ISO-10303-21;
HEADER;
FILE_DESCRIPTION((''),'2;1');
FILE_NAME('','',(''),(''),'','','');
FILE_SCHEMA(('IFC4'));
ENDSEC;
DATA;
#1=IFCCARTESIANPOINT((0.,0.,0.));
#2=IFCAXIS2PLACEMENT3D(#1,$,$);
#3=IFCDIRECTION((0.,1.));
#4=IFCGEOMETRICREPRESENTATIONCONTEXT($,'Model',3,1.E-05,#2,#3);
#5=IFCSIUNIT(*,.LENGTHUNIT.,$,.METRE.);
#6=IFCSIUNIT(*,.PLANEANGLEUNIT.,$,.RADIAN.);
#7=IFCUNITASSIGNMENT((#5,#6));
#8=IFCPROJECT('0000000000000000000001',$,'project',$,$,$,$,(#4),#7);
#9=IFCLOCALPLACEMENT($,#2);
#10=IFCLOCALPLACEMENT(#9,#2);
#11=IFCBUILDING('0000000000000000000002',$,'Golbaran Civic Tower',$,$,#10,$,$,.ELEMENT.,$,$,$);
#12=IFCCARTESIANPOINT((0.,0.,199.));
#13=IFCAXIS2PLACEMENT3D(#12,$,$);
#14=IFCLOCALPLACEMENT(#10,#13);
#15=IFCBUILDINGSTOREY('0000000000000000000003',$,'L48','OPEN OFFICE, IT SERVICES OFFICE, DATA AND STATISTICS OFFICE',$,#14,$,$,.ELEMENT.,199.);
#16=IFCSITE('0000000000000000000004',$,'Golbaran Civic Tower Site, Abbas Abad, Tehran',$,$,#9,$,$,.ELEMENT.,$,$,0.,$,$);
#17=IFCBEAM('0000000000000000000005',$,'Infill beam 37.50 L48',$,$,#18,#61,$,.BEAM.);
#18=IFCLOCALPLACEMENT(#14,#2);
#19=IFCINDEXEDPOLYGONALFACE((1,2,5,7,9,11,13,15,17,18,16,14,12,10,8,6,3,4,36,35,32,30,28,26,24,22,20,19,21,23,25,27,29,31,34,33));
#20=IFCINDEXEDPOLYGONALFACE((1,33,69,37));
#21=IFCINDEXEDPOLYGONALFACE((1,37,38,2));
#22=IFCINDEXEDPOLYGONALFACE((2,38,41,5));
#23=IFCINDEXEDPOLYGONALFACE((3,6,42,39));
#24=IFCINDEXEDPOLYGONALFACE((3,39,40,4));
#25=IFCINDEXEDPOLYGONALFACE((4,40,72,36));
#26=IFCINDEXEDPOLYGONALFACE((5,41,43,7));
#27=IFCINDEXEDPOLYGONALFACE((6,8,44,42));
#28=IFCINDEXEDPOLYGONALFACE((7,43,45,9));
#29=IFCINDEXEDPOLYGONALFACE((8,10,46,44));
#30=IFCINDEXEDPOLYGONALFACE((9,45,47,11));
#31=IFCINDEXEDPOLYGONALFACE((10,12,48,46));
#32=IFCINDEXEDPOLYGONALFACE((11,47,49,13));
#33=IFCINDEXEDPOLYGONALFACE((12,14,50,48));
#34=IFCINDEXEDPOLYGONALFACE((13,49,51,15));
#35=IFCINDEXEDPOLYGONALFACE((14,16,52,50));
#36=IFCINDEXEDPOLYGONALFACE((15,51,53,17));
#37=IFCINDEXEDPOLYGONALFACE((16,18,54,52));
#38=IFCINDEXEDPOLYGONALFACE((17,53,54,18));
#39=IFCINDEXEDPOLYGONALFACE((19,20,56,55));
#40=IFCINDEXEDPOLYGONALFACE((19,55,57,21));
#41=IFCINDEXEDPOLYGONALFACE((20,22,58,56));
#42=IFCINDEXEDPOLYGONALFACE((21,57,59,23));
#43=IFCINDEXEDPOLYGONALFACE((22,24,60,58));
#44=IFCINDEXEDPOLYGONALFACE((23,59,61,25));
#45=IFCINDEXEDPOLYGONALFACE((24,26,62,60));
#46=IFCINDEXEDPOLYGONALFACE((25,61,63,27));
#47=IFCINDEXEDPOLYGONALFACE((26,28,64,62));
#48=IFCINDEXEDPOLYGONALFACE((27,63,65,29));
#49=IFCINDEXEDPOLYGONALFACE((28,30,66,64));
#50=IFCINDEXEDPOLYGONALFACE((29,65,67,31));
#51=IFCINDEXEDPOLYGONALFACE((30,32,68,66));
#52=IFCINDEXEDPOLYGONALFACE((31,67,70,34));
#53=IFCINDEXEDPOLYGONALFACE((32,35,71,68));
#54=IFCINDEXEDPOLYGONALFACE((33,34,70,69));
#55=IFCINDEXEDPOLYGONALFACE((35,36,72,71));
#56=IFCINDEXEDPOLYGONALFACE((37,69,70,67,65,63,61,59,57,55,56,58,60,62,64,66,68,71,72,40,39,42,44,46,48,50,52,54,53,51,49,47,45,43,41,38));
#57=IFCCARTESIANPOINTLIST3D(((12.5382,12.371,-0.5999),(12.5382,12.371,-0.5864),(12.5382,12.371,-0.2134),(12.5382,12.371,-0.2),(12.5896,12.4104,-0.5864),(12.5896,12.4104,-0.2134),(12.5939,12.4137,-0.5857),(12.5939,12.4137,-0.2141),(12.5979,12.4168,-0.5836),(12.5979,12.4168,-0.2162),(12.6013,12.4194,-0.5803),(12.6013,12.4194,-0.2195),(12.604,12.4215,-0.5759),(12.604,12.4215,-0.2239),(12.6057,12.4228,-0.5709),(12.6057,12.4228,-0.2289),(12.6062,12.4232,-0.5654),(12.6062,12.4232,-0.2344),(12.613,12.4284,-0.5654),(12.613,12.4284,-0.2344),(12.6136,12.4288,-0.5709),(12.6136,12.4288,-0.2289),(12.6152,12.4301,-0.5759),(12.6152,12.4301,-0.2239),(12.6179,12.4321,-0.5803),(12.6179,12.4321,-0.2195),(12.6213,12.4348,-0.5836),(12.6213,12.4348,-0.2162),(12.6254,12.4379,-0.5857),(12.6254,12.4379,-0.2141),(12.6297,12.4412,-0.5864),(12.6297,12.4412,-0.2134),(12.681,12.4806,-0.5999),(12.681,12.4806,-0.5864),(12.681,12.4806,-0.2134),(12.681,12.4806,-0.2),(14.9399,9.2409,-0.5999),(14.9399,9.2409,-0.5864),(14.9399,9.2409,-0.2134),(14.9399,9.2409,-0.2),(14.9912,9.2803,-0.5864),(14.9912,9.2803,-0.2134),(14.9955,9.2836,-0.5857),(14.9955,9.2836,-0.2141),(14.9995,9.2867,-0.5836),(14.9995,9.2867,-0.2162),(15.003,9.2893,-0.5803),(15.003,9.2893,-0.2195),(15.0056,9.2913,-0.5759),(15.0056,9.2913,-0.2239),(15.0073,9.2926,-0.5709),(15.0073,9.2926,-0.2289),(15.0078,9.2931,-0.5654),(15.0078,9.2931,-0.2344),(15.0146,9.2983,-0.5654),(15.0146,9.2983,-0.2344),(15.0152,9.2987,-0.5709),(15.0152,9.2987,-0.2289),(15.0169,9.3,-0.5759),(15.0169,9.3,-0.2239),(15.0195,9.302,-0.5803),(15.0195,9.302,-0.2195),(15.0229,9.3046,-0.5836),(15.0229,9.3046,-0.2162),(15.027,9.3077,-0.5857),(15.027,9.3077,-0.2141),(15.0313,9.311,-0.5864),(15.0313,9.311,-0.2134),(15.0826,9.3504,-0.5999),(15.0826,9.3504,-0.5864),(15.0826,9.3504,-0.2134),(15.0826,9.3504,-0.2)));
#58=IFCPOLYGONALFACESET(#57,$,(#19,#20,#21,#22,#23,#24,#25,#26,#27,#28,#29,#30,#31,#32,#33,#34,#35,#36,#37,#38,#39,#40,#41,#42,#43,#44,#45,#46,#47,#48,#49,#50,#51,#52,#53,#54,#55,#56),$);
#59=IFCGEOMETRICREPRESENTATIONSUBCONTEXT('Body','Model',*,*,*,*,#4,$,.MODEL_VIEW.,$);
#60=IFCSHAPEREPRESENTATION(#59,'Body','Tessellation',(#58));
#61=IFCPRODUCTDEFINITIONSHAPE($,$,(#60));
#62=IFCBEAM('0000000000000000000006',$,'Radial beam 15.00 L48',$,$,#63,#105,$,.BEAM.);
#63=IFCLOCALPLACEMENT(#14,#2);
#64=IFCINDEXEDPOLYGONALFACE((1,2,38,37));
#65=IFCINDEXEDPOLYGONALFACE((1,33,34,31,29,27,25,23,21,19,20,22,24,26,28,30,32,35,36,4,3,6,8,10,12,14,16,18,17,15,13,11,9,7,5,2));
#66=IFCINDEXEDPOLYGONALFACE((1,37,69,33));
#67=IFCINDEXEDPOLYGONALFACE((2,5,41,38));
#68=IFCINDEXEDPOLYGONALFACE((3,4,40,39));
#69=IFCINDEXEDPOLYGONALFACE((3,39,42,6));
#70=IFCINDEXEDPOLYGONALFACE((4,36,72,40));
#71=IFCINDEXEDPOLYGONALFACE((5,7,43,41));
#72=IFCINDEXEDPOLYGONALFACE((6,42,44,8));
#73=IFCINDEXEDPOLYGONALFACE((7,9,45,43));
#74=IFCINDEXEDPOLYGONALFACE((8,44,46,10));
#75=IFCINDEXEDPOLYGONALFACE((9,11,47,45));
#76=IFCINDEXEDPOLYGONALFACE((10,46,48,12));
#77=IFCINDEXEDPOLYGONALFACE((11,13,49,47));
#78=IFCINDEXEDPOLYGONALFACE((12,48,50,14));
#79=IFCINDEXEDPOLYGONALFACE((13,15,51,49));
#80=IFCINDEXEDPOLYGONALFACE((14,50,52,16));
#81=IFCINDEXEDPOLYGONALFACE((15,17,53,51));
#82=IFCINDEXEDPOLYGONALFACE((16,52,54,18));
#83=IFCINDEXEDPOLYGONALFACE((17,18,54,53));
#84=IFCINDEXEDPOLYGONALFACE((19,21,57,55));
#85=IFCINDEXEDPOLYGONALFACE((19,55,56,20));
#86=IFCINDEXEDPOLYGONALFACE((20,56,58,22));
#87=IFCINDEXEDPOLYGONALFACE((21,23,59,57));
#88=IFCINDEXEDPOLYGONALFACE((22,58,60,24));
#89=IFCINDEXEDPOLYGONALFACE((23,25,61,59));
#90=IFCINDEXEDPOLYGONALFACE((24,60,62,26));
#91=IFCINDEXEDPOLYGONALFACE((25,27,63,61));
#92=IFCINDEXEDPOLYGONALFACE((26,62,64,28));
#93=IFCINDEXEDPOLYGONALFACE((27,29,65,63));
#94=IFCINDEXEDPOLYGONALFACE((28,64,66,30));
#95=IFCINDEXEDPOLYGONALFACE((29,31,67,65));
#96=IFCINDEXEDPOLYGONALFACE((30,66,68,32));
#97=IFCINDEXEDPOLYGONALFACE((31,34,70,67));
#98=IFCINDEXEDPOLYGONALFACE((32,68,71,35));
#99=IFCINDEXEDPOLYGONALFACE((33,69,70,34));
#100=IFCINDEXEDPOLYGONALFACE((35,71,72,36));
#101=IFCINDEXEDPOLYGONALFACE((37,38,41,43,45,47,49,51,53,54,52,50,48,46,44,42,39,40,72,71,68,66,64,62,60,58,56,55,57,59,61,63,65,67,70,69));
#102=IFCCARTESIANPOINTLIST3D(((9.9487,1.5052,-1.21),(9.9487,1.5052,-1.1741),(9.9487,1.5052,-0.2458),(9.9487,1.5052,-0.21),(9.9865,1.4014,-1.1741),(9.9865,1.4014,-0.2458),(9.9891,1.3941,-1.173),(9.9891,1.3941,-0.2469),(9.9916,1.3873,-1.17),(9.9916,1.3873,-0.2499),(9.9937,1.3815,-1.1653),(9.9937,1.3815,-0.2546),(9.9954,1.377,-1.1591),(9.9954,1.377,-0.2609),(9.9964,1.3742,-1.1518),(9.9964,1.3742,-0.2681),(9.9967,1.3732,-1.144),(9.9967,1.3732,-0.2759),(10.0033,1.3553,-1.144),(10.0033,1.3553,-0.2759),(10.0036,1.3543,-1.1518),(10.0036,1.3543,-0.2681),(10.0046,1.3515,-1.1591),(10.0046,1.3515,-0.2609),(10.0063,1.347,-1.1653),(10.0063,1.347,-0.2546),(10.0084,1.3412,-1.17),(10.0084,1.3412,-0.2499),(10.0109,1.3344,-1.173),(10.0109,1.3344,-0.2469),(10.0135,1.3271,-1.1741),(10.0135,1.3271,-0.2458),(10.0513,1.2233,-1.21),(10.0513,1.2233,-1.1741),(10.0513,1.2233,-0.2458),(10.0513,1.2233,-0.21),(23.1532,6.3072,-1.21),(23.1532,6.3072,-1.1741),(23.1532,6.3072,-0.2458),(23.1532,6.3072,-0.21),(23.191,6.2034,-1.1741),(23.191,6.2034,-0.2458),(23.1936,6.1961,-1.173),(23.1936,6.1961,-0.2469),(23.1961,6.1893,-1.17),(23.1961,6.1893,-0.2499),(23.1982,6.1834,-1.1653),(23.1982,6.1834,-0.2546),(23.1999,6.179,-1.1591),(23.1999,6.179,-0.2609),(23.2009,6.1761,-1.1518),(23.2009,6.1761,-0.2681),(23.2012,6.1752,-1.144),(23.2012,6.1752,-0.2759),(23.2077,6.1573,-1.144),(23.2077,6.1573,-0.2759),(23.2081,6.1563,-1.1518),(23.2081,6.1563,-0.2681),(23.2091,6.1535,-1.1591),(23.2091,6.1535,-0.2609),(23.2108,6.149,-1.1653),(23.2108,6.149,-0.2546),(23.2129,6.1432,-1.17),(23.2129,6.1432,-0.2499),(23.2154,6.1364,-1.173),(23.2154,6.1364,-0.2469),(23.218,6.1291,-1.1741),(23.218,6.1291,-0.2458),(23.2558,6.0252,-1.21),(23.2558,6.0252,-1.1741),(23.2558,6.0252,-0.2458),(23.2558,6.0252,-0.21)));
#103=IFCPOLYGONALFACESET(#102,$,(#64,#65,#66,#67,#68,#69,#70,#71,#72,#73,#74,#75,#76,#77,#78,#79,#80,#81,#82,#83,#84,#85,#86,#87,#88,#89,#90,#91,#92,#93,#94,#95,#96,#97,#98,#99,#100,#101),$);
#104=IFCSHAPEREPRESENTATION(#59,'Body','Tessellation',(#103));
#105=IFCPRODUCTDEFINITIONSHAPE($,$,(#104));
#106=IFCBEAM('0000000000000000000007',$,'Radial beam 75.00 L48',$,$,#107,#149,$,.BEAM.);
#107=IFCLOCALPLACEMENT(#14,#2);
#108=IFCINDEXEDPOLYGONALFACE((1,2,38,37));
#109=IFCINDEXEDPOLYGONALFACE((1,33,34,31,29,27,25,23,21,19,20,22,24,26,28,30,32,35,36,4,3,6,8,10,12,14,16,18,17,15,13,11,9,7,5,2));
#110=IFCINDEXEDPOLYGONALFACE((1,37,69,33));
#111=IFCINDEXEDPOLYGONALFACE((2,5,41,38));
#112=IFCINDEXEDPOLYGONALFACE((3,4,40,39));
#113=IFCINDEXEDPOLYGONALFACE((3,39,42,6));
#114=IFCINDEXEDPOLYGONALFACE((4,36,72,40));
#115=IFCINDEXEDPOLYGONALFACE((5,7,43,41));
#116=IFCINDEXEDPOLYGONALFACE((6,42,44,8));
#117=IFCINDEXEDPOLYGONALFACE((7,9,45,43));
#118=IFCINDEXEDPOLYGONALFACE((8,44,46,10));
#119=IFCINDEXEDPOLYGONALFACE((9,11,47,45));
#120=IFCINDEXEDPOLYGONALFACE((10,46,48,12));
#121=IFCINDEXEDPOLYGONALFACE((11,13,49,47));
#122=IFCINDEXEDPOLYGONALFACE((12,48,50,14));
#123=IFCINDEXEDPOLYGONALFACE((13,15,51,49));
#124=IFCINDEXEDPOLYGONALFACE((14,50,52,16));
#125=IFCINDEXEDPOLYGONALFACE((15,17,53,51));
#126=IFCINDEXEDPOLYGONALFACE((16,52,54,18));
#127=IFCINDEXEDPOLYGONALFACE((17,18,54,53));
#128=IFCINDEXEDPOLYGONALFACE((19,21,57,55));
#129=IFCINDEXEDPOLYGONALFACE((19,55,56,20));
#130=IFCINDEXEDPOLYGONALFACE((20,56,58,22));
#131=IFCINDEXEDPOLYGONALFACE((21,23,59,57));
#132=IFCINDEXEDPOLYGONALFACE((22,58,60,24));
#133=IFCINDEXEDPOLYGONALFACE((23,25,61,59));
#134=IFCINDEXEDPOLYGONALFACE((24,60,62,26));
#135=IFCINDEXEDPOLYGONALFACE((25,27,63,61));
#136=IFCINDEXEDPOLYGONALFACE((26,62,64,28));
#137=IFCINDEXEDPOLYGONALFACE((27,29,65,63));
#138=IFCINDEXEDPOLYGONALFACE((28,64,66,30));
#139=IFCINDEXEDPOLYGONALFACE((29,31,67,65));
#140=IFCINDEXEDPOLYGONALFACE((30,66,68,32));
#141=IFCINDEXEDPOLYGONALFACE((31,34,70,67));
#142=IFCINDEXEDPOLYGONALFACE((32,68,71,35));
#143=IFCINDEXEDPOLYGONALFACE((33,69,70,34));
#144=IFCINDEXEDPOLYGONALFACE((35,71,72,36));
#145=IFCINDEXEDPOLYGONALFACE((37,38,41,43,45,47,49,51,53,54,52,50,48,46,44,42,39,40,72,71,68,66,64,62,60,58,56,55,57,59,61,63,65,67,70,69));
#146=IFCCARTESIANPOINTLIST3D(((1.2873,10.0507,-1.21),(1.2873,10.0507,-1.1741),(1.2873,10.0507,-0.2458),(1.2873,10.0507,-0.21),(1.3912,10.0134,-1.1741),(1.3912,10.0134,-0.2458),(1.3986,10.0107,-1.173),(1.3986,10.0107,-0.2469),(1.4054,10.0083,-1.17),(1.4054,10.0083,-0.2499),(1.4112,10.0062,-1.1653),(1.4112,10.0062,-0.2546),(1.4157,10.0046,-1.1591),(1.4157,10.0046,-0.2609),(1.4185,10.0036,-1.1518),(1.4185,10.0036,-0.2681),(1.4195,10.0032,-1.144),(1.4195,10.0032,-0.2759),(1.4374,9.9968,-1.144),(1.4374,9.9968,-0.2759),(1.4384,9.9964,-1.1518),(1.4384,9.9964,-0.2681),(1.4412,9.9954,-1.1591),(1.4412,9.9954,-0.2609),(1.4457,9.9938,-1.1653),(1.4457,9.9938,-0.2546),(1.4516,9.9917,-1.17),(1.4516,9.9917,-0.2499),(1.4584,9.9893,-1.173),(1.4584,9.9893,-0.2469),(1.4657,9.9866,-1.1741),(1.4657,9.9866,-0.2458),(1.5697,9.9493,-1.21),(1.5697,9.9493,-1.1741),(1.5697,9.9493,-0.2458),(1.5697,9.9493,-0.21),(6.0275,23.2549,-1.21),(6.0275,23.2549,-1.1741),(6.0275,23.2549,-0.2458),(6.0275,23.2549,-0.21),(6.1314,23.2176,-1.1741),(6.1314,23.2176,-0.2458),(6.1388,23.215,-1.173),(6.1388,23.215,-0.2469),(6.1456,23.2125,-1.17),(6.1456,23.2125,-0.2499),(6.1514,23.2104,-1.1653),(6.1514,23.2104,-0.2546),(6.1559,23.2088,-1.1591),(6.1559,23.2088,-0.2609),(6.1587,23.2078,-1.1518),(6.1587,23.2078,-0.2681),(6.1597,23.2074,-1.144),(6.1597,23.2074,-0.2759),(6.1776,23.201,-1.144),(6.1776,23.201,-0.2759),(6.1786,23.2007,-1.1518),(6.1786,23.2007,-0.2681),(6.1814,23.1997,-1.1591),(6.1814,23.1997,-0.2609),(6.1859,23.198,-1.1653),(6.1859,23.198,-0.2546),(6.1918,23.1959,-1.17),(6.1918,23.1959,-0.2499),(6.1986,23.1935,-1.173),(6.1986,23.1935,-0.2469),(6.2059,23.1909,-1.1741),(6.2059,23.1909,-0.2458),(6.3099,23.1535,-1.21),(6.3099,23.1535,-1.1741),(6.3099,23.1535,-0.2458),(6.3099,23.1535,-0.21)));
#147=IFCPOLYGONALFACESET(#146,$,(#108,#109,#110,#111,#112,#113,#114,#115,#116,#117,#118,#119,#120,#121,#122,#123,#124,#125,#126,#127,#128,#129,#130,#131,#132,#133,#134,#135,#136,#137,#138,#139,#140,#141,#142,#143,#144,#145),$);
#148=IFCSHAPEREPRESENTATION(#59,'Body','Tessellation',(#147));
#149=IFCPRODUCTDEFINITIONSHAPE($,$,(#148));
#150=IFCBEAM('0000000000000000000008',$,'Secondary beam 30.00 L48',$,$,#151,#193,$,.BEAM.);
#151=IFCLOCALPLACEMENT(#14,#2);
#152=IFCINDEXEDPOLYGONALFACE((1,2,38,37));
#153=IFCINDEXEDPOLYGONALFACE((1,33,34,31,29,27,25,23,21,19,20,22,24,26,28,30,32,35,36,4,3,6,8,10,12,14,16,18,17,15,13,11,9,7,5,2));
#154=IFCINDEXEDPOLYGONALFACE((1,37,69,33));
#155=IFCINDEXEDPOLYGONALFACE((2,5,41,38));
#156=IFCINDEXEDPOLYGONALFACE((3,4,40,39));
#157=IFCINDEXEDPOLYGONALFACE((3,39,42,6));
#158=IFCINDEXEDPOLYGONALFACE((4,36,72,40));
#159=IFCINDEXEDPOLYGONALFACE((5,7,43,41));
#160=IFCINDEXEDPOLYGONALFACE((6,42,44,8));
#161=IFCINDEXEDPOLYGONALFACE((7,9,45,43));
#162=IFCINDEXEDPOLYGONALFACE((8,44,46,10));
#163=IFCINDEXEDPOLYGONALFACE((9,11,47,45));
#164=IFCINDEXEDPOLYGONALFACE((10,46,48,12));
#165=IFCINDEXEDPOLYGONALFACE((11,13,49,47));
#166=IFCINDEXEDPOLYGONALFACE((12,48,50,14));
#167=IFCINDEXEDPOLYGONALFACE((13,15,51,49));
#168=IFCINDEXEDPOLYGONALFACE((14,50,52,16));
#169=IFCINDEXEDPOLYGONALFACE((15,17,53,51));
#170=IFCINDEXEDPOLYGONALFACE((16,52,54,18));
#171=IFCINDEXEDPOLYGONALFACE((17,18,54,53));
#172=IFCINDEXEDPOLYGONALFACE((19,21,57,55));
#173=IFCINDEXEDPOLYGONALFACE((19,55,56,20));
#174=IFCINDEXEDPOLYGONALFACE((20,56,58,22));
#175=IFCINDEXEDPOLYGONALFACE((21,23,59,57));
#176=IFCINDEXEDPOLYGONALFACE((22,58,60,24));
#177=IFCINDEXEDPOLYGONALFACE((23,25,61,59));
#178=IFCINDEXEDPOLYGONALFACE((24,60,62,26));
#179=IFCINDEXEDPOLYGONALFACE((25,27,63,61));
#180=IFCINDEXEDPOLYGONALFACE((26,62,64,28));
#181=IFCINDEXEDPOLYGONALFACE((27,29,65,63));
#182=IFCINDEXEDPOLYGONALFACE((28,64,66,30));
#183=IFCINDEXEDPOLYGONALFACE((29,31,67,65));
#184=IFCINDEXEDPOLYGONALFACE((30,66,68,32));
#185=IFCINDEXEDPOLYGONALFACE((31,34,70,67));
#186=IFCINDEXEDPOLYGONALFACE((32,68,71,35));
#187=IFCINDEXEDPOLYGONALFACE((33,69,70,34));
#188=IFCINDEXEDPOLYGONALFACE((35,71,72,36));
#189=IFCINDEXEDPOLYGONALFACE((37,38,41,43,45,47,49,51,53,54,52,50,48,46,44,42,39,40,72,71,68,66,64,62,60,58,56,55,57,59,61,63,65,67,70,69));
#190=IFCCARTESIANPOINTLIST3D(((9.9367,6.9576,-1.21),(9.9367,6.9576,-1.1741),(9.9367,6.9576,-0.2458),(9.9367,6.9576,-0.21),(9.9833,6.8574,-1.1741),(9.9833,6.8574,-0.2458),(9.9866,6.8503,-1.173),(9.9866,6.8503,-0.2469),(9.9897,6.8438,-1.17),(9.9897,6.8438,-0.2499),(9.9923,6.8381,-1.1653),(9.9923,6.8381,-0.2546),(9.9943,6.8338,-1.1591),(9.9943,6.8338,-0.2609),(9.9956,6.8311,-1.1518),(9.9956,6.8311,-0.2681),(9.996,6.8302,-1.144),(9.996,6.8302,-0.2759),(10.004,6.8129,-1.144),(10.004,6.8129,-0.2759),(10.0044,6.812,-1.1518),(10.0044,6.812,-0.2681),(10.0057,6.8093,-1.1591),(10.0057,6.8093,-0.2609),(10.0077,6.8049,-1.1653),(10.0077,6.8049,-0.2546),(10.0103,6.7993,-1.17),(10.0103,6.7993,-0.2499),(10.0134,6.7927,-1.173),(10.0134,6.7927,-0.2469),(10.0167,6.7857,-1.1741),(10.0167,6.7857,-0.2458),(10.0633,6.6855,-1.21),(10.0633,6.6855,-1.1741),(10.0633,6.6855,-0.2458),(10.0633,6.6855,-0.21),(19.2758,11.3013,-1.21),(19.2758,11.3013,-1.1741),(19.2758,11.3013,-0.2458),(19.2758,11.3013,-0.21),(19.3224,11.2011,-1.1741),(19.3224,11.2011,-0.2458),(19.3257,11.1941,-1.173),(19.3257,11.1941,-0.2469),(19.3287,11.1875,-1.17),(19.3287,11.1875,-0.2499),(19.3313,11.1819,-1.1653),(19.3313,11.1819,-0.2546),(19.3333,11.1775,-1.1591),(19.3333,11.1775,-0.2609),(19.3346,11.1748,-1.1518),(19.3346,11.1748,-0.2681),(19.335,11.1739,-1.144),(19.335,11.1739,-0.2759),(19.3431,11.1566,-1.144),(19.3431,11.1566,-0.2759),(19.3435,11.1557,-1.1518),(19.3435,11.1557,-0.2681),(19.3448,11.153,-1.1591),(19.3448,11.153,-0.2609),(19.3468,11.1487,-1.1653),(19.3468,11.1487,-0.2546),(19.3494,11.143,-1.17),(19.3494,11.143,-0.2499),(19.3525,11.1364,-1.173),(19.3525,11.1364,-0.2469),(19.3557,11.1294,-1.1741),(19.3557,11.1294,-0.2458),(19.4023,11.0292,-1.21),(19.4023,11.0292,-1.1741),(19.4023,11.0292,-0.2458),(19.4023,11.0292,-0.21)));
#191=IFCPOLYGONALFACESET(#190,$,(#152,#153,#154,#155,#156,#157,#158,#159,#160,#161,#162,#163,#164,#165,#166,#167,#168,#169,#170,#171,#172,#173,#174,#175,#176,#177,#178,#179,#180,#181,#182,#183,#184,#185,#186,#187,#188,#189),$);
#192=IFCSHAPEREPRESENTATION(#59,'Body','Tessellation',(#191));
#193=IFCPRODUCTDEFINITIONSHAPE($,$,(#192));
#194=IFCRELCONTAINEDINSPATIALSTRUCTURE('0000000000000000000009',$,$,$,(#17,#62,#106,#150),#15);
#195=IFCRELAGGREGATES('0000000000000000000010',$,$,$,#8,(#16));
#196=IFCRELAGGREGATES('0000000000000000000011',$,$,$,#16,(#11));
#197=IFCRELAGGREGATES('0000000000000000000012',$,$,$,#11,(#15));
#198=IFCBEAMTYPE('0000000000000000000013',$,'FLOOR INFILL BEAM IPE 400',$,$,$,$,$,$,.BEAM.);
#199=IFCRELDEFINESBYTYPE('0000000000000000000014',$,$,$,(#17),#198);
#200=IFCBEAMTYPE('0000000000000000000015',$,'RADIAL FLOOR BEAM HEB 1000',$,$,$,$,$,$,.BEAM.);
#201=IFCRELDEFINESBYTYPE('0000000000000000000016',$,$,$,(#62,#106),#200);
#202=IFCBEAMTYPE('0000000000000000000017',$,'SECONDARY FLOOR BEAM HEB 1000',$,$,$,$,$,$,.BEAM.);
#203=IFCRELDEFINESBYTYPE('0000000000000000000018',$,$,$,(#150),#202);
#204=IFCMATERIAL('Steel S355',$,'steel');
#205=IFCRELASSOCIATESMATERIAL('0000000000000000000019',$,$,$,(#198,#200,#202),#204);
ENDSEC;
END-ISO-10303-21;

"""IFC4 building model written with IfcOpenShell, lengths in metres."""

from ifc_helpers import new_model, si_unit, direction, frame, origin, origin_2d, place, context, subcontext, project, spatial, i_section, extrude, material, material_profile, profile_set, type_object, element, save


model = new_model("IFC4")

# Units and contexts
model_context = context("Model", 3, precision=1e-05, world=origin(), true_north=direction((0.0, 1.0)))
body_context = subcontext(model_context, "Body", "Model", "MODEL_VIEW")
ifc_project = project(units=[si_unit("LENGTHUNIT", "METRE"), si_unit("PLANEANGLEUNIT", "RADIAN")], contexts=[model_context])

# Site, building, storey
site_placement = place(None, origin())
site = spatial("IfcSite", under=ifc_project, at=site_placement, Name="Golbaran Civic Tower Site, Abbas Abad, Tehran", CompositionType="ELEMENT", RefElevation=0.0)
building_placement = place(site_placement, origin())
building = spatial("IfcBuilding", under=site, at=building_placement, Name="Golbaran Civic Tower", CompositionType="ELEMENT")
storey_placement = place(building_placement, frame((0.0, 0.0, 199.0)))
storey = spatial("IfcBuildingStorey", under=building, at=storey_placement, Name="L48", Description="OPEN OFFICE, IT SERVICES OFFICE, DATA AND STATISTICS OFFICE", CompositionType="ELEMENT", Elevation=199.0)

# Beams
ifc_material_1 = material(Name="Steel S355", Category="steel")
ifc_material_profile_1 = material_profile(ifc_material_1, i_section(OverallWidth=0.1799, OverallDepth=0.3999, WebThickness=0.0085, FlangeThickness=0.0134, FilletRadius=0.021, at=origin_2d()), Name="IPE 400")
ifc_profile_set_1 = profile_set([ifc_material_profile_1], Name="Steel S355")
beam_type_1 = type_object("IfcBeamType", Name="FLOOR INFILL BEAM IPE 400", PredefinedType="BEAM", material=ifc_profile_set_1)
beam_1_placement = place(storey_placement, frame((15.0112, 9.2957, -0.3999), z_axis=(-0.608726, 0.79338, 0.0), x_axis=(-0.79338, -0.608726, 0.0)))
element("IfcBeam", 1, at=beam_1_placement, inside=storey, type_object=beam_type_1, Name="Infill beam 37.50 L48", PredefinedType="BEAM", context=body_context, shape_type="SweptSolid", body=[
    extrude(i_section(OverallWidth=0.1799, OverallDepth=0.3999, WebThickness=0.0085, FlangeThickness=0.0134, FilletRadius=0.021, at=origin_2d()), origin(), (0.0, 0.0, 1.0), 3.9453),
])
ifc_material_profile_2 = material_profile(ifc_material_1, i_section(OverallWidth=0.3, OverallDepth=1.0, WebThickness=0.019, FlangeThickness=0.0359, FilletRadius=0.03, at=origin_2d()), Name="HEB 1000")
ifc_profile_set_2 = profile_set([ifc_material_profile_2], Name="Steel S355")
beam_type_2 = type_object("IfcBeamType", Name="RADIAL FLOOR BEAM HEB 1000", PredefinedType="BEAM", material=ifc_profile_set_2)
beam_2_placement = place(storey_placement, frame((10.0, 1.3643, -0.71), z_axis=(0.939786, 0.341764, 0.0), x_axis=(-0.341764, 0.939786, 0.0)))
element("IfcBeam", 2, at=beam_2_placement, inside=storey, type_object=beam_type_2, Name="Radial beam 15.00 L48", PredefinedType="BEAM", context=body_context, shape_type="SweptSolid", body=[
    extrude(i_section(OverallWidth=0.3, OverallDepth=1.0, WebThickness=0.019, FlangeThickness=0.0359, FilletRadius=0.03, at=origin_2d()), origin(), (0.0, 0.0, 1.0), 14.0505),
])
beam_3_placement = place(storey_placement, frame((1.4285, 10.0, -0.71), z_axis=(0.337878, 0.94119, 0.0), x_axis=(-0.94119, 0.337878, 0.0)))
element("IfcBeam", 3, at=beam_3_placement, inside=storey, type_object=beam_type_2, Name="Radial beam 75.00 L48", PredefinedType="BEAM", context=body_context, shape_type="SweptSolid", body=[
    extrude(i_section(OverallWidth=0.3, OverallDepth=1.0, WebThickness=0.019, FlangeThickness=0.0359, FilletRadius=0.03, at=origin_2d()), origin(), (0.0, 0.0, 1.0), 14.0293),
])
ifc_material_profile_3 = material_profile(ifc_material_1, i_section(OverallWidth=0.3, OverallDepth=1.0, WebThickness=0.019, FlangeThickness=0.0359, FilletRadius=0.03, at=origin_2d()), Name="HEB 1000")
ifc_profile_set_3 = profile_set([ifc_material_profile_3], Name="Steel S355")
beam_type_3 = type_object("IfcBeamType", Name="SECONDARY FLOOR BEAM HEB 1000", PredefinedType="BEAM", material=ifc_profile_set_3)
beam_4_placement = place(storey_placement, frame((10.0, 6.8215, -0.71), z_axis=(0.906722, 0.421729, 0.0), x_axis=(-0.421729, 0.906722, 0.0)))
element("IfcBeam", 4, at=beam_4_placement, inside=storey, type_object=beam_type_3, Name="Secondary beam 30.00 L48", PredefinedType="BEAM", context=body_context, shape_type="SweptSolid", body=[
    extrude(i_section(OverallWidth=0.3, OverallDepth=1.0, WebThickness=0.019, FlangeThickness=0.0359, FilletRadius=0.03, at=origin_2d()), origin(), (0.0, 0.0, 1.0), 10.2998),
])

save(model, "model.ifc")
